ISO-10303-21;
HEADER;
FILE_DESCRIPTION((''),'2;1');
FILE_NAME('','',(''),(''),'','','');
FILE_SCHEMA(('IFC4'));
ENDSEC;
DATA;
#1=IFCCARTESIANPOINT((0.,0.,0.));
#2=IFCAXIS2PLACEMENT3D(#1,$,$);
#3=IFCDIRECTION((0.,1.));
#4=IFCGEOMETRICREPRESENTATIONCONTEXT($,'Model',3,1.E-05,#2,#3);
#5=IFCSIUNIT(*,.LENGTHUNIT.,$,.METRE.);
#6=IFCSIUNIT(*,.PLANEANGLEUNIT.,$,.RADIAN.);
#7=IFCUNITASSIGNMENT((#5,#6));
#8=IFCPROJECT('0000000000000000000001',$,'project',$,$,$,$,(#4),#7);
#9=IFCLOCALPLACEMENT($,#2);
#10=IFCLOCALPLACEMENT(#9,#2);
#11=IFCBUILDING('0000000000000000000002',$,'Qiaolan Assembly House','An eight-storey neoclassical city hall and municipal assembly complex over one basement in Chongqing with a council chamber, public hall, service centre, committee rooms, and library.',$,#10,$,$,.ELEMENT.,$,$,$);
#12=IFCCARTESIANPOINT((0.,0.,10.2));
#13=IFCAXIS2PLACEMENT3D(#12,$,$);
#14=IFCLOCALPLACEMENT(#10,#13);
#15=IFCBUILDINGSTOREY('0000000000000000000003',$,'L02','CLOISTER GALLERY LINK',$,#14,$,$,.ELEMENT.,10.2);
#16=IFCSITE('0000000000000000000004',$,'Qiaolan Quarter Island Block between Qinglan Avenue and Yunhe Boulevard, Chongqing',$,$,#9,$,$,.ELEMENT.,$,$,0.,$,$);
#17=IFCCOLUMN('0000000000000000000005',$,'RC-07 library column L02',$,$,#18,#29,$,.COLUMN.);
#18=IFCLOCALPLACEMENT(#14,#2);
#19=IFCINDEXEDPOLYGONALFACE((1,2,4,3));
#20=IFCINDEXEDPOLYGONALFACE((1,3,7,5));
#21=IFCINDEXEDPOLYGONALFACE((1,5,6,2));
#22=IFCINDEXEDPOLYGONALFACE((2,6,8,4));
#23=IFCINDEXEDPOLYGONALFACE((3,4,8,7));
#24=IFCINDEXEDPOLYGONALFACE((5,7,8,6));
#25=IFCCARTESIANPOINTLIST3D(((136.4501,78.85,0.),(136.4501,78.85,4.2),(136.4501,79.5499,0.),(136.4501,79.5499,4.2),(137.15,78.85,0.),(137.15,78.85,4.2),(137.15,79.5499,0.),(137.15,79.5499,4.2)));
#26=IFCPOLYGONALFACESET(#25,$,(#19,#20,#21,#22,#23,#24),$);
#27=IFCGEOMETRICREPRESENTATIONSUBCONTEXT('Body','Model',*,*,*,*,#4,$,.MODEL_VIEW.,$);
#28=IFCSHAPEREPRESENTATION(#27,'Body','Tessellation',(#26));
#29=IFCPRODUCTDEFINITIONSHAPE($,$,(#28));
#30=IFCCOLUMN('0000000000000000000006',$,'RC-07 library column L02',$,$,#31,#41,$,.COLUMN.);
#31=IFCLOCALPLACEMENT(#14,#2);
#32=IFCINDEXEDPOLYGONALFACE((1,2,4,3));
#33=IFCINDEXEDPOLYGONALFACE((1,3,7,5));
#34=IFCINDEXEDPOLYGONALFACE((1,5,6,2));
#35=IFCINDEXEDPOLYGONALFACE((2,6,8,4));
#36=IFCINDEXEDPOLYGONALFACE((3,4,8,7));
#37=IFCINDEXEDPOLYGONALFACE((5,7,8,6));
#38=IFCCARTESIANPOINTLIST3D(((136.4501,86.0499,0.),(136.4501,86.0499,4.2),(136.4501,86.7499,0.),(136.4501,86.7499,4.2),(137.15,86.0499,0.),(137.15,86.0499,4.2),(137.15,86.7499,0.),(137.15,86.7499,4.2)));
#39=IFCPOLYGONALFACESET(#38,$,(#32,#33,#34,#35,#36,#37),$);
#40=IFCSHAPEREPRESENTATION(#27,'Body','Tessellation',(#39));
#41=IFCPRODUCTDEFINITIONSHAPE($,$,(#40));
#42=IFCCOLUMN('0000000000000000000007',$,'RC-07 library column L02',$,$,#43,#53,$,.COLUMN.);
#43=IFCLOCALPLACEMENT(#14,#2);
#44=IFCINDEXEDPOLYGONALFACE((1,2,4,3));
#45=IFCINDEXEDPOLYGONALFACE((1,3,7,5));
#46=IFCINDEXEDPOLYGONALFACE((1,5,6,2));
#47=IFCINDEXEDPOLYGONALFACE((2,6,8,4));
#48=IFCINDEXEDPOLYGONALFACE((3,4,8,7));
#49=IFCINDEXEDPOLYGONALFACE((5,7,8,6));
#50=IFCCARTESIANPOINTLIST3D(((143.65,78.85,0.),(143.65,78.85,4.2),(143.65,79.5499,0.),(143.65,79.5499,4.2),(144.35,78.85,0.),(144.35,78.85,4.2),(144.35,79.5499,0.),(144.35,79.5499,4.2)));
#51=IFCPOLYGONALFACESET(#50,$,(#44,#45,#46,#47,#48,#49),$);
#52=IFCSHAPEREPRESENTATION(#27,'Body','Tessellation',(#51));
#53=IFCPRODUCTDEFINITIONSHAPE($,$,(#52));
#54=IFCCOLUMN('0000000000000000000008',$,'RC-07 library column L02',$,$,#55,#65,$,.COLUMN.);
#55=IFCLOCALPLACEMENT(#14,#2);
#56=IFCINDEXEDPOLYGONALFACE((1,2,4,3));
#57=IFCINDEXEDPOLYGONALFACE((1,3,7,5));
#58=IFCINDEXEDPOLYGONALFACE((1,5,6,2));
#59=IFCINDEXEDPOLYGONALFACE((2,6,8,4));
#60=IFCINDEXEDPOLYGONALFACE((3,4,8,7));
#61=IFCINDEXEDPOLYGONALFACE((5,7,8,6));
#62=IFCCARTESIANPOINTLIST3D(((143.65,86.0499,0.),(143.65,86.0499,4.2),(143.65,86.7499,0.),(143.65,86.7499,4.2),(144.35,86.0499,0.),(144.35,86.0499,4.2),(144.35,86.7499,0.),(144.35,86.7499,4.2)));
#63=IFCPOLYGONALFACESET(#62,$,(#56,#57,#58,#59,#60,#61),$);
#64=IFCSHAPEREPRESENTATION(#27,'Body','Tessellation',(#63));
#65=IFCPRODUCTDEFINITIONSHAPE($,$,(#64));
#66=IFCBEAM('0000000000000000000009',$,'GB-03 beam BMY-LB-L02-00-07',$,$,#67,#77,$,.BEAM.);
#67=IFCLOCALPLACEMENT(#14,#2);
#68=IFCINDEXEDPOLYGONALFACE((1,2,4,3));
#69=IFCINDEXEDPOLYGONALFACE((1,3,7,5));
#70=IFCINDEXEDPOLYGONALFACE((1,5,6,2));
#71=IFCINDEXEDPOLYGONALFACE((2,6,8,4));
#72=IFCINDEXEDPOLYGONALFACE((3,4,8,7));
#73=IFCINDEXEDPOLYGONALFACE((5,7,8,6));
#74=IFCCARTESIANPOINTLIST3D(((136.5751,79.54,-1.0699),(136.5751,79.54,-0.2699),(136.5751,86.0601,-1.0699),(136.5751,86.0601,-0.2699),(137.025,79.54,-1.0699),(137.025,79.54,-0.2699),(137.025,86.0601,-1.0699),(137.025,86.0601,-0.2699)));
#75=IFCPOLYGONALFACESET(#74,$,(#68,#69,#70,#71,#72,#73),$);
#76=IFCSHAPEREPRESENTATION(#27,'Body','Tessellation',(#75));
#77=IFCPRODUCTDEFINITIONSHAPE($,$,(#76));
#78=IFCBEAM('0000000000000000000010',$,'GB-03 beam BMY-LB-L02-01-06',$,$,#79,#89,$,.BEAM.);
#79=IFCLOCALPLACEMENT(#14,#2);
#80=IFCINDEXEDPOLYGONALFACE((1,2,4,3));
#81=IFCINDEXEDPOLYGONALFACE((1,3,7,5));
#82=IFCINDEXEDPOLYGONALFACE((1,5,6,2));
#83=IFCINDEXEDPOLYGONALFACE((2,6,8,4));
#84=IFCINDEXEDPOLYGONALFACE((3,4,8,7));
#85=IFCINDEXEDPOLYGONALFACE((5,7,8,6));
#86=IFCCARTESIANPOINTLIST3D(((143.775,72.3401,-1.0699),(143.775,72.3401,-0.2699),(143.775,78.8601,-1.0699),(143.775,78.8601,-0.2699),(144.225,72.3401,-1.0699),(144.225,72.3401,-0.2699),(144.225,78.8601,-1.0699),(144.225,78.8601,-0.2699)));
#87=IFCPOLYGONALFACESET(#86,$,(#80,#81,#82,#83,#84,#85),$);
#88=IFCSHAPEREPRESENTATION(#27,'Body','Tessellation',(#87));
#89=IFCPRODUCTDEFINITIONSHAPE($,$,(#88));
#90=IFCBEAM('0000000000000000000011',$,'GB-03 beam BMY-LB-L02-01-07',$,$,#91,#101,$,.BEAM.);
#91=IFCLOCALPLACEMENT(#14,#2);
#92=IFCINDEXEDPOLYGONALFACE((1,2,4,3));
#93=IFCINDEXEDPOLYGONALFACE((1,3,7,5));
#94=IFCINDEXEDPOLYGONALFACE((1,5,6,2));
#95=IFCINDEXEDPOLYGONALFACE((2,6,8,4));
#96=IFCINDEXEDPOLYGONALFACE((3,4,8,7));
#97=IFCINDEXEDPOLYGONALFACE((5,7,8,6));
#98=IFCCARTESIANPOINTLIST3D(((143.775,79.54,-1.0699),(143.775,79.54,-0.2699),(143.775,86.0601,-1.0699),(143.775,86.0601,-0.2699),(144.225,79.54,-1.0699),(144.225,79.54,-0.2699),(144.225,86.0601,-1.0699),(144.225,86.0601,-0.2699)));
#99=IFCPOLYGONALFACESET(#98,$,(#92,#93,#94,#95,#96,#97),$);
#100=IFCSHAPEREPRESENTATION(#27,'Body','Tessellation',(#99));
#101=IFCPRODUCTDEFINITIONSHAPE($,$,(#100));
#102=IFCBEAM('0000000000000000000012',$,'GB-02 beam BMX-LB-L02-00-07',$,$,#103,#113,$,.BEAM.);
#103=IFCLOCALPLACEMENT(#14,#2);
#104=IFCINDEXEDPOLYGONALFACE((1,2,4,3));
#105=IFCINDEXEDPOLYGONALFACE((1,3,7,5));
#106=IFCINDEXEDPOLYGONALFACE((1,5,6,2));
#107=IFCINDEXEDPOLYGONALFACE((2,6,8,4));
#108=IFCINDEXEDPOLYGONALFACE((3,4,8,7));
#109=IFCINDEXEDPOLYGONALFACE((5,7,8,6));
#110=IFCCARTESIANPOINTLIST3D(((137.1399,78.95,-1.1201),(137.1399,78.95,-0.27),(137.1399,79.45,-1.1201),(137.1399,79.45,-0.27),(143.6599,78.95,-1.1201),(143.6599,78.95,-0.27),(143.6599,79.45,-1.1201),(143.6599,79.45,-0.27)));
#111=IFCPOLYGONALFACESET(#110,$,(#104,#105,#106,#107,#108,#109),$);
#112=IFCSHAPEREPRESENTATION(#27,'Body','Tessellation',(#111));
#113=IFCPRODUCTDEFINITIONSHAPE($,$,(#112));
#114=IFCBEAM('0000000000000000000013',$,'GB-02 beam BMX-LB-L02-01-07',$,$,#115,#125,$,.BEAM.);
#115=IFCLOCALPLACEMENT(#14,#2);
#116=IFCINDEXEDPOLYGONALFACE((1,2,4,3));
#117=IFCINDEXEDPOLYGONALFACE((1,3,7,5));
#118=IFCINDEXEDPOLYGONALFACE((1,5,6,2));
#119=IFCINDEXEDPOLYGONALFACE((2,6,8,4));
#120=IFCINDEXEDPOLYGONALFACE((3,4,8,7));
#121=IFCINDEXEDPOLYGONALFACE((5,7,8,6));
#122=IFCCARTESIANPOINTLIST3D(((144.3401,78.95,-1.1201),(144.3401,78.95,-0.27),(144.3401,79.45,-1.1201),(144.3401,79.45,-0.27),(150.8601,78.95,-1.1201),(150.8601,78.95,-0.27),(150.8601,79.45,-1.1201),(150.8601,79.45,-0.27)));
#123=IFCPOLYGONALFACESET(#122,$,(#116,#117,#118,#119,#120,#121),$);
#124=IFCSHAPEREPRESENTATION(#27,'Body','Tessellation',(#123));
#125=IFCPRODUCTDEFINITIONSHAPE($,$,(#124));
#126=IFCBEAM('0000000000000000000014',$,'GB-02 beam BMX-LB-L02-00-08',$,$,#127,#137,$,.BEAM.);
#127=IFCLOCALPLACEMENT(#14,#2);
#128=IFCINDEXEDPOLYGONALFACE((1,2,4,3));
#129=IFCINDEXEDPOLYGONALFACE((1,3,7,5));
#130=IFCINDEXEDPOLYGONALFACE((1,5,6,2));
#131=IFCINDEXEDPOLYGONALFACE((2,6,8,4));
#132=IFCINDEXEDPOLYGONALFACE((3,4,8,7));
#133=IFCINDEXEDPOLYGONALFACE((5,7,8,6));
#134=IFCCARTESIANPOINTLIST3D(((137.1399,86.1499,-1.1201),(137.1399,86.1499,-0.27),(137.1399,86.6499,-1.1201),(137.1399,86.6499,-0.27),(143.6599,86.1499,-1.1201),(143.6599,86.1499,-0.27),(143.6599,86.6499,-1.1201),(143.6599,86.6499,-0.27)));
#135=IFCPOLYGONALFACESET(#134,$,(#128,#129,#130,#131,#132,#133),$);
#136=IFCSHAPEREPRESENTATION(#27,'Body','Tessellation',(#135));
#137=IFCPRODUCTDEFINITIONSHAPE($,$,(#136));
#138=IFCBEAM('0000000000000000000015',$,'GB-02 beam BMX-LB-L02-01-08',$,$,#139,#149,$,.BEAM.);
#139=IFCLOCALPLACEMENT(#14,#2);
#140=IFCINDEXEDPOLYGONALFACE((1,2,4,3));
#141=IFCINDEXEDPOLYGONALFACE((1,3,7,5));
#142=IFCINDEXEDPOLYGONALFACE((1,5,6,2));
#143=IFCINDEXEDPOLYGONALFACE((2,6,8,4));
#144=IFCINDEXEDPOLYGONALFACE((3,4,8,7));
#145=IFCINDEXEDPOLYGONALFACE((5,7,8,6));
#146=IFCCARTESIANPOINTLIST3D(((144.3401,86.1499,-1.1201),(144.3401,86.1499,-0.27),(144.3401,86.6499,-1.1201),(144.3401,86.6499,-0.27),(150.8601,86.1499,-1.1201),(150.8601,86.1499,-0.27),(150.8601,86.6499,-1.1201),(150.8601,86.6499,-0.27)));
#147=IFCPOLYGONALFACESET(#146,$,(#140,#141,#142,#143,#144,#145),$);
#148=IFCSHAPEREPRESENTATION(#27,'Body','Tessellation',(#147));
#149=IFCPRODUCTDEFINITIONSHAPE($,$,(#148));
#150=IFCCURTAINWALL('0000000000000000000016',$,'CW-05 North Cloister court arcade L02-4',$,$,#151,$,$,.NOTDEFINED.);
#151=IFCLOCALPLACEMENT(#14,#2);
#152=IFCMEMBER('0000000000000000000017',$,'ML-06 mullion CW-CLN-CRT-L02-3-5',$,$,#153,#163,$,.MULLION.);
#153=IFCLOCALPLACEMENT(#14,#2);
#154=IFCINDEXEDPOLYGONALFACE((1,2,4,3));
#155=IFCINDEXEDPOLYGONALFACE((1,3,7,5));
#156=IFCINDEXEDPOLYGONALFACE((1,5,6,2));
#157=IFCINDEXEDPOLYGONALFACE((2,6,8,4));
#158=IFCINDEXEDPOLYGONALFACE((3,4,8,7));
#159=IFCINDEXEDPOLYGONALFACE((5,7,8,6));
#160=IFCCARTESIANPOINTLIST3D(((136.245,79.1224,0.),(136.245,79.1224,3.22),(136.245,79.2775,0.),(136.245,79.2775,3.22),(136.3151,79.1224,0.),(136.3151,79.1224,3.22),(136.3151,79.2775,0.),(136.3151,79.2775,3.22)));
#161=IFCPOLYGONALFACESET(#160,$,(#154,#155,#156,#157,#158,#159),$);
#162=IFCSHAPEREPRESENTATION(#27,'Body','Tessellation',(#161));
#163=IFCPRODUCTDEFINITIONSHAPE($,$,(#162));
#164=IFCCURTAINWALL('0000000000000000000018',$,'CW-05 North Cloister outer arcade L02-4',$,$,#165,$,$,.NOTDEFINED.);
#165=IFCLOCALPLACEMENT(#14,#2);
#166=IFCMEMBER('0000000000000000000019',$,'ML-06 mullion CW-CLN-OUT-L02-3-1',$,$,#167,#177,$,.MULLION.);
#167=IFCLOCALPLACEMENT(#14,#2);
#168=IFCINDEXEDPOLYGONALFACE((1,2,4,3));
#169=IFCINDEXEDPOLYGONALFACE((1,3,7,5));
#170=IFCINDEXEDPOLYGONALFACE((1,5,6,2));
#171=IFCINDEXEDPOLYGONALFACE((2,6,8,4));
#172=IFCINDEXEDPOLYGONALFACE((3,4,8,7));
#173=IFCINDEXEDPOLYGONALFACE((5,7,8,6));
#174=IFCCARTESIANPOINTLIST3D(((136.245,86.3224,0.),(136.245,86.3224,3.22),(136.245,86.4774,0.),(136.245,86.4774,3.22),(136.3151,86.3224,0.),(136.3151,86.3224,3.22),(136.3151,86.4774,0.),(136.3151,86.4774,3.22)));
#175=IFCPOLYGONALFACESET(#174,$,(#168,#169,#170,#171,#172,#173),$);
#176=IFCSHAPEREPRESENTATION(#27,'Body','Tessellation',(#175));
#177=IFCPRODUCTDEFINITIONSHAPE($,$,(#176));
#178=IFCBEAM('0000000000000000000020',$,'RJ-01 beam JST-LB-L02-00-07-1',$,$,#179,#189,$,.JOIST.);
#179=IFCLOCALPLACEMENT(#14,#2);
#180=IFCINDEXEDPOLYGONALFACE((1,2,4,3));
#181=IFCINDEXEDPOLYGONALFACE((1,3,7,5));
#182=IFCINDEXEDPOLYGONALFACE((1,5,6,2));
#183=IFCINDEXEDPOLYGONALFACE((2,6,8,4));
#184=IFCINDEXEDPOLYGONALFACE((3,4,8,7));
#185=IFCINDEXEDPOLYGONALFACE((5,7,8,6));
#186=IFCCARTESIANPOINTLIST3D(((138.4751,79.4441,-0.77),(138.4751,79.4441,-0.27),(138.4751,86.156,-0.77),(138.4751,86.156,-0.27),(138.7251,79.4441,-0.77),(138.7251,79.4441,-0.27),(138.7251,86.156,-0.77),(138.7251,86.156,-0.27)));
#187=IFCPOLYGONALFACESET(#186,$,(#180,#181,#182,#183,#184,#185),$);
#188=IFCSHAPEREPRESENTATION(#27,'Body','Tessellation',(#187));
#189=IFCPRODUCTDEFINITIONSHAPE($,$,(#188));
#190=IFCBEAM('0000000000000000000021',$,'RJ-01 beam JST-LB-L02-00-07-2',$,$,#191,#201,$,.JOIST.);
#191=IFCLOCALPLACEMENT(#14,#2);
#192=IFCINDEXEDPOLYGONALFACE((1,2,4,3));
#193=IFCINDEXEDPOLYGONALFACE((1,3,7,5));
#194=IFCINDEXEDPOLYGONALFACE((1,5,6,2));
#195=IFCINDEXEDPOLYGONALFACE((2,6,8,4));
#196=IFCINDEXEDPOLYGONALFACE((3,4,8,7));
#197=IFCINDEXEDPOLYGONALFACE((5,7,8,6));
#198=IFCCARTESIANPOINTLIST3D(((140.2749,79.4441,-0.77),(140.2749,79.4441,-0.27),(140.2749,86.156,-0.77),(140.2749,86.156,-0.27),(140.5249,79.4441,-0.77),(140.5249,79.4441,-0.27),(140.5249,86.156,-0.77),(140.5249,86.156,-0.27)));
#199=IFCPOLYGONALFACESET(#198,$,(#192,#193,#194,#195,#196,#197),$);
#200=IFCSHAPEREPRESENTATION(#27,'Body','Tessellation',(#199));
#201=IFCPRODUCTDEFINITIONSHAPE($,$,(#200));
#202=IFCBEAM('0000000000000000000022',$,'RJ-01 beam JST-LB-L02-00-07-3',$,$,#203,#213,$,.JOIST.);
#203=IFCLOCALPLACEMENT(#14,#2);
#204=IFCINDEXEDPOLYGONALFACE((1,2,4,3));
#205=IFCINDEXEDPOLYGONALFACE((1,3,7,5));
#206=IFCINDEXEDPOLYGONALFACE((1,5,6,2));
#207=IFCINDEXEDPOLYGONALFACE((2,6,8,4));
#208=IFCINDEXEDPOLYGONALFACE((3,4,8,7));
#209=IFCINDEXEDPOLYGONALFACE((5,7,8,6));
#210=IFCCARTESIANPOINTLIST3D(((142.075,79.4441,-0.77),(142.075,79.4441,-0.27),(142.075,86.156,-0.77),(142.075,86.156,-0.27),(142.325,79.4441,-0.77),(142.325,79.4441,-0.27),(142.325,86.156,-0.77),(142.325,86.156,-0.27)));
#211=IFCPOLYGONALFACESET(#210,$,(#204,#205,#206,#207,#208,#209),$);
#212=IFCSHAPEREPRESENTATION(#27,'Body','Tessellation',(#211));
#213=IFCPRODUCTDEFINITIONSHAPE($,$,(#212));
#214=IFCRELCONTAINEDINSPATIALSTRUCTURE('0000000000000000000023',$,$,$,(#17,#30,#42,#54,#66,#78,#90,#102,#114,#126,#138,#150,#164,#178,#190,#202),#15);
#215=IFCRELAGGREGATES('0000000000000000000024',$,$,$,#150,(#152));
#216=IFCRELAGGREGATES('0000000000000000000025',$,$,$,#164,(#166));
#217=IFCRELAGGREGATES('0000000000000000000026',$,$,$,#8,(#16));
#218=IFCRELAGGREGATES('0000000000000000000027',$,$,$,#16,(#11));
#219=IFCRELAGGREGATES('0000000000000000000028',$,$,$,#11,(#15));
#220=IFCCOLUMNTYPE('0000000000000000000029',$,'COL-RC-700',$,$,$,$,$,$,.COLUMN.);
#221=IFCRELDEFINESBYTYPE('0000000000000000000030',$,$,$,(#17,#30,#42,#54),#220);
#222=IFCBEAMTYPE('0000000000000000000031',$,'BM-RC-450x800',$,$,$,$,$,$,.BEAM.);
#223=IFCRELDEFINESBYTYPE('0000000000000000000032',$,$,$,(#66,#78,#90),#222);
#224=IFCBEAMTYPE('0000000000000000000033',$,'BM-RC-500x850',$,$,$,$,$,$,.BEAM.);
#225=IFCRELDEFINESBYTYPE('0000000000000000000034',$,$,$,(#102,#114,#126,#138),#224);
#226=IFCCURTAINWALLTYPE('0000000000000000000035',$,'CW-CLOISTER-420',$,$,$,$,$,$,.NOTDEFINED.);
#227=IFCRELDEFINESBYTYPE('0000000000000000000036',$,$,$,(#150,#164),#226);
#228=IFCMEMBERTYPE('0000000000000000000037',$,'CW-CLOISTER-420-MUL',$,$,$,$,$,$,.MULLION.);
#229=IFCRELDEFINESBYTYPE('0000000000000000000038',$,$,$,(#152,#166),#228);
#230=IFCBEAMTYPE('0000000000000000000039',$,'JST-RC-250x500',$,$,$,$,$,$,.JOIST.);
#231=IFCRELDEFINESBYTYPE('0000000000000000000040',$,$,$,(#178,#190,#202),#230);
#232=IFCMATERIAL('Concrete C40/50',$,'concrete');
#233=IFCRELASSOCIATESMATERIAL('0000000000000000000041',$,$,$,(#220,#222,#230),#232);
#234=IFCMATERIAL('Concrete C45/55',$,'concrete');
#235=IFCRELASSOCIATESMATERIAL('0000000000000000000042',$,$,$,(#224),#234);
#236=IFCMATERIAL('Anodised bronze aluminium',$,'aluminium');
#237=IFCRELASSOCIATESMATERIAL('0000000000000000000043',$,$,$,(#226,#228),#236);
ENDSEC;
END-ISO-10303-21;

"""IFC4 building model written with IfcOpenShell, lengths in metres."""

from ifc_helpers import new_model, si_unit, direction, frame, origin, origin_2d, place, context, subcontext, project, spatial, rectangle, extrude, material, material_profile, profile_set, type_object, element, aggregate, save


model = new_model("IFC4")

# Units and contexts
model_context = context("Model", 3, precision=1e-05, world=origin(), true_north=direction((0.0, 1.0)))
body_context = subcontext(model_context, "Body", "Model", "MODEL_VIEW")
ifc_project = project(units=[si_unit("LENGTHUNIT", "METRE"), si_unit("PLANEANGLEUNIT", "RADIAN")], contexts=[model_context])

# Site, building, storey
site_placement = place(None, origin())
site = spatial("IfcSite", under=ifc_project, at=site_placement, Name="Qiaolan Quarter Island Block between Qinglan Avenue and Yunhe Boulevard, Chongqing", CompositionType="ELEMENT", RefElevation=0.0)
building_placement = place(site_placement, origin())
building = spatial("IfcBuilding", under=site, at=building_placement, Name="Qiaolan Assembly House", Description="An eight-storey neoclassical city hall and municipal assembly complex over one basement in Chongqing with a council chamber, public hall, service centre, committee rooms, and library.", CompositionType="ELEMENT")
storey_placement = place(building_placement, frame((0.0, 0.0, 10.2)))
storey = spatial("IfcBuildingStorey", under=building, at=storey_placement, Name="L02", Description="CLOISTER GALLERY LINK", CompositionType="ELEMENT", Elevation=10.2)

# Columns
ifc_material_1 = material(Name="Concrete C40/50", Category="concrete")
ifc_material_profile_1 = material_profile(ifc_material_1, rectangle(XDim=0.7, YDim=0.7, at=origin_2d()), Name="RC 700x700")
ifc_profile_set_1 = profile_set([ifc_material_profile_1], Name="Concrete C40/50")
column_type = type_object("IfcColumnType", Name="COL-RC-700", PredefinedType="COLUMN", material=ifc_profile_set_1)
for number, where, z_axis, x_axis, name in (
    (1, (136.8, 79.2, 0.0), (0.0, 0.0, 1.0), (1.0, 0.0, 0.0), "RC-07 library column L02"),
    (2, (136.8, 86.3999, 0.0), (0.0, 0.0, 1.0), (1.0, 0.0, 0.0), "RC-07 library column L02"),
    (3, (144.0, 79.2, 0.0), (0.0, 0.0, 1.0), (1.0, 0.0, 0.0), "RC-07 library column L02"),
    (4, (144.0, 86.3999, 0.0), (0.0, 0.0, 1.0), (1.0, 0.0, 0.0), "RC-07 library column L02"),
):
    element("IfcColumn", number, at=place(storey_placement, frame(where, z_axis=z_axis, x_axis=x_axis)), inside=storey, type_object=column_type, Name=name, PredefinedType="COLUMN", context=body_context, shape_type="SweptSolid", body=[
        extrude(rectangle(XDim=0.7, YDim=0.7, at=origin_2d()), origin(), (0.0, 0.0, 1.0), 4.2),
    ])

# Beams
ifc_material_profile_2 = material_profile(ifc_material_1, rectangle(XDim=0.45, YDim=0.8, at=origin_2d()), Name="RCB 450x800")
ifc_profile_set_2 = profile_set([ifc_material_profile_2], Name="Concrete C40/50")
beam_type_1 = type_object("IfcBeamType", Name="BM-RC-450x800", PredefinedType="BEAM", material=ifc_profile_set_2)
for number, where, z_axis, x_axis, name in (
    (5, (136.8, 79.54, -0.6699), (0.0, 1.0, 0.0), (-1.0, 0.0, 0.0), "GB-03 beam BMY-LB-L02-00-07"),
    (6, (144.0, 72.3401, -0.6699), (0.0, 1.0, 0.0), (-1.0, 0.0, 0.0), "GB-03 beam BMY-LB-L02-01-06"),
    (7, (144.0, 79.54, -0.6699), (0.0, 1.0, 0.0), (-1.0, 0.0, 0.0), "GB-03 beam BMY-LB-L02-01-07"),
):
    element("IfcBeam", number, at=place(storey_placement, frame(where, z_axis=z_axis, x_axis=x_axis)), inside=storey, type_object=beam_type_1, Name=name, PredefinedType="BEAM", context=body_context, shape_type="SweptSolid", body=[
        extrude(rectangle(XDim=0.45, YDim=0.8, at=origin_2d()), origin(), (0.0, 0.0, 1.0), 6.52),
    ])
ifc_material_2 = material(Name="Concrete C45/55", Category="concrete")
ifc_material_profile_3 = material_profile(ifc_material_2, rectangle(XDim=0.5, YDim=0.8501, at=origin_2d()), Name="RCB 500x850")
ifc_profile_set_3 = profile_set([ifc_material_profile_3], Name="Concrete C45/55")
beam_type_2 = type_object("IfcBeamType", Name="BM-RC-500x850", PredefinedType="BEAM", material=ifc_profile_set_3)
for number, where, z_axis, x_axis, name in (
    (8, (137.1399, 79.2, -0.6951), (1.0, 0.0, 0.0), (0.0, 1.0, 0.0), "GB-02 beam BMX-LB-L02-00-07"),
    (9, (144.3401, 79.2, -0.6951), (1.0, 0.0, 0.0), (0.0, 1.0, 0.0), "GB-02 beam BMX-LB-L02-01-07"),
    (10, (137.1399, 86.3999, -0.6951), (1.0, 0.0, 0.0), (0.0, 1.0, 0.0), "GB-02 beam BMX-LB-L02-00-08"),
    (11, (144.3401, 86.3999, -0.6951), (1.0, 0.0, 0.0), (0.0, 1.0, 0.0), "GB-02 beam BMX-LB-L02-01-08"),
):
    element("IfcBeam", number, at=place(storey_placement, frame(where, z_axis=z_axis, x_axis=x_axis)), inside=storey, type_object=beam_type_2, Name=name, PredefinedType="BEAM", context=body_context, shape_type="SweptSolid", body=[
        extrude(rectangle(XDim=0.5, YDim=0.8501, at=origin_2d()), origin(), (0.0, 0.0, 1.0), 6.52),
    ])

# Curtain walls, members
ifc_material_3 = material(Name="Anodised bronze aluminium", Category="aluminium")
curtain_wall_type = type_object("IfcCurtainWallType", Name="CW-CLOISTER-420", PredefinedType="NOTDEFINED", material=ifc_material_3)
curtain_wall_1_placement = place(storey_placement, origin())
curtain_wall_1 = element("IfcCurtainWall", 12, at=curtain_wall_1_placement, inside=storey, type_object=curtain_wall_type, Name="CW-05 North Cloister court arcade L02-4", PredefinedType="NOTDEFINED")
ifc_material_profile_4 = material_profile(ifc_material_3, rectangle(XDim=0.0701, YDim=0.155, at=origin_2d()), Name="MUL 70x155")
ifc_profile_set_4 = profile_set([ifc_material_profile_4], Name="Anodised bronze aluminium")
member_type = type_object("IfcMemberType", Name="CW-CLOISTER-420-MUL", PredefinedType="MULLION", material=ifc_profile_set_4)
member_1_placement = place(storey_placement, frame((136.28, 79.2, 0.0), z_axis=(0.0, 0.0, 1.0), x_axis=(1.0, 0.0, 0.0)))
member_1 = element("IfcMember", 13, at=member_1_placement, type_object=member_type, Name="ML-06 mullion CW-CLN-CRT-L02-3-5", PredefinedType="MULLION", context=body_context, shape_type="SweptSolid", body=[
    extrude(rectangle(XDim=0.0701, YDim=0.155, at=origin_2d()), origin(), (0.0, 0.0, 1.0), 3.22),
])
aggregate(curtain_wall_1, [member_1])
curtain_wall_2_placement = place(storey_placement, origin())
curtain_wall_2 = element("IfcCurtainWall", 14, at=curtain_wall_2_placement, inside=storey, type_object=curtain_wall_type, Name="CW-05 North Cloister outer arcade L02-4", PredefinedType="NOTDEFINED")
member_2_placement = place(storey_placement, frame((136.28, 86.3999, 0.0), z_axis=(0.0, 0.0, 1.0), x_axis=(-1.0, 0.0, 0.0)))
member_2 = element("IfcMember", 15, at=member_2_placement, type_object=member_type, Name="ML-06 mullion CW-CLN-OUT-L02-3-1", PredefinedType="MULLION", context=body_context, shape_type="SweptSolid", body=[
    extrude(rectangle(XDim=0.0701, YDim=0.155, at=origin_2d()), origin(), (0.0, 0.0, 1.0), 3.22),
])

# Beams
ifc_material_profile_5 = material_profile(ifc_material_1, rectangle(XDim=0.25, YDim=0.5, at=origin_2d()), Name="RCB 250x500")
ifc_profile_set_5 = profile_set([ifc_material_profile_5], Name="Concrete C40/50")
beam_type_3 = type_object("IfcBeamType", Name="JST-RC-250x500", PredefinedType="JOIST", material=ifc_profile_set_5)
for number, where, z_axis, x_axis, name in (
    (16, (138.6001, 79.4441, -0.52), (0.0, 1.0, 0.0), (-1.0, 0.0, 0.0), "RJ-01 beam JST-LB-L02-00-07-1"),
    (17, (140.3999, 79.4441, -0.52), (0.0, 1.0, 0.0), (-1.0, 0.0, 0.0), "RJ-01 beam JST-LB-L02-00-07-2"),
    (18, (142.2, 79.4441, -0.52), (0.0, 1.0, 0.0), (-1.0, 0.0, 0.0), "RJ-01 beam JST-LB-L02-00-07-3"),
):
    element("IfcBeam", number, at=place(storey_placement, frame(where, z_axis=z_axis, x_axis=x_axis)), inside=storey, type_object=beam_type_3, Name=name, PredefinedType="JOIST", context=body_context, shape_type="SweptSolid", body=[
        extrude(rectangle(XDim=0.25, YDim=0.5, at=origin_2d()), origin(), (0.0, 0.0, 1.0), 6.7119),
    ])

aggregate(curtain_wall_2, [member_2])

save(model, "model.ifc")
